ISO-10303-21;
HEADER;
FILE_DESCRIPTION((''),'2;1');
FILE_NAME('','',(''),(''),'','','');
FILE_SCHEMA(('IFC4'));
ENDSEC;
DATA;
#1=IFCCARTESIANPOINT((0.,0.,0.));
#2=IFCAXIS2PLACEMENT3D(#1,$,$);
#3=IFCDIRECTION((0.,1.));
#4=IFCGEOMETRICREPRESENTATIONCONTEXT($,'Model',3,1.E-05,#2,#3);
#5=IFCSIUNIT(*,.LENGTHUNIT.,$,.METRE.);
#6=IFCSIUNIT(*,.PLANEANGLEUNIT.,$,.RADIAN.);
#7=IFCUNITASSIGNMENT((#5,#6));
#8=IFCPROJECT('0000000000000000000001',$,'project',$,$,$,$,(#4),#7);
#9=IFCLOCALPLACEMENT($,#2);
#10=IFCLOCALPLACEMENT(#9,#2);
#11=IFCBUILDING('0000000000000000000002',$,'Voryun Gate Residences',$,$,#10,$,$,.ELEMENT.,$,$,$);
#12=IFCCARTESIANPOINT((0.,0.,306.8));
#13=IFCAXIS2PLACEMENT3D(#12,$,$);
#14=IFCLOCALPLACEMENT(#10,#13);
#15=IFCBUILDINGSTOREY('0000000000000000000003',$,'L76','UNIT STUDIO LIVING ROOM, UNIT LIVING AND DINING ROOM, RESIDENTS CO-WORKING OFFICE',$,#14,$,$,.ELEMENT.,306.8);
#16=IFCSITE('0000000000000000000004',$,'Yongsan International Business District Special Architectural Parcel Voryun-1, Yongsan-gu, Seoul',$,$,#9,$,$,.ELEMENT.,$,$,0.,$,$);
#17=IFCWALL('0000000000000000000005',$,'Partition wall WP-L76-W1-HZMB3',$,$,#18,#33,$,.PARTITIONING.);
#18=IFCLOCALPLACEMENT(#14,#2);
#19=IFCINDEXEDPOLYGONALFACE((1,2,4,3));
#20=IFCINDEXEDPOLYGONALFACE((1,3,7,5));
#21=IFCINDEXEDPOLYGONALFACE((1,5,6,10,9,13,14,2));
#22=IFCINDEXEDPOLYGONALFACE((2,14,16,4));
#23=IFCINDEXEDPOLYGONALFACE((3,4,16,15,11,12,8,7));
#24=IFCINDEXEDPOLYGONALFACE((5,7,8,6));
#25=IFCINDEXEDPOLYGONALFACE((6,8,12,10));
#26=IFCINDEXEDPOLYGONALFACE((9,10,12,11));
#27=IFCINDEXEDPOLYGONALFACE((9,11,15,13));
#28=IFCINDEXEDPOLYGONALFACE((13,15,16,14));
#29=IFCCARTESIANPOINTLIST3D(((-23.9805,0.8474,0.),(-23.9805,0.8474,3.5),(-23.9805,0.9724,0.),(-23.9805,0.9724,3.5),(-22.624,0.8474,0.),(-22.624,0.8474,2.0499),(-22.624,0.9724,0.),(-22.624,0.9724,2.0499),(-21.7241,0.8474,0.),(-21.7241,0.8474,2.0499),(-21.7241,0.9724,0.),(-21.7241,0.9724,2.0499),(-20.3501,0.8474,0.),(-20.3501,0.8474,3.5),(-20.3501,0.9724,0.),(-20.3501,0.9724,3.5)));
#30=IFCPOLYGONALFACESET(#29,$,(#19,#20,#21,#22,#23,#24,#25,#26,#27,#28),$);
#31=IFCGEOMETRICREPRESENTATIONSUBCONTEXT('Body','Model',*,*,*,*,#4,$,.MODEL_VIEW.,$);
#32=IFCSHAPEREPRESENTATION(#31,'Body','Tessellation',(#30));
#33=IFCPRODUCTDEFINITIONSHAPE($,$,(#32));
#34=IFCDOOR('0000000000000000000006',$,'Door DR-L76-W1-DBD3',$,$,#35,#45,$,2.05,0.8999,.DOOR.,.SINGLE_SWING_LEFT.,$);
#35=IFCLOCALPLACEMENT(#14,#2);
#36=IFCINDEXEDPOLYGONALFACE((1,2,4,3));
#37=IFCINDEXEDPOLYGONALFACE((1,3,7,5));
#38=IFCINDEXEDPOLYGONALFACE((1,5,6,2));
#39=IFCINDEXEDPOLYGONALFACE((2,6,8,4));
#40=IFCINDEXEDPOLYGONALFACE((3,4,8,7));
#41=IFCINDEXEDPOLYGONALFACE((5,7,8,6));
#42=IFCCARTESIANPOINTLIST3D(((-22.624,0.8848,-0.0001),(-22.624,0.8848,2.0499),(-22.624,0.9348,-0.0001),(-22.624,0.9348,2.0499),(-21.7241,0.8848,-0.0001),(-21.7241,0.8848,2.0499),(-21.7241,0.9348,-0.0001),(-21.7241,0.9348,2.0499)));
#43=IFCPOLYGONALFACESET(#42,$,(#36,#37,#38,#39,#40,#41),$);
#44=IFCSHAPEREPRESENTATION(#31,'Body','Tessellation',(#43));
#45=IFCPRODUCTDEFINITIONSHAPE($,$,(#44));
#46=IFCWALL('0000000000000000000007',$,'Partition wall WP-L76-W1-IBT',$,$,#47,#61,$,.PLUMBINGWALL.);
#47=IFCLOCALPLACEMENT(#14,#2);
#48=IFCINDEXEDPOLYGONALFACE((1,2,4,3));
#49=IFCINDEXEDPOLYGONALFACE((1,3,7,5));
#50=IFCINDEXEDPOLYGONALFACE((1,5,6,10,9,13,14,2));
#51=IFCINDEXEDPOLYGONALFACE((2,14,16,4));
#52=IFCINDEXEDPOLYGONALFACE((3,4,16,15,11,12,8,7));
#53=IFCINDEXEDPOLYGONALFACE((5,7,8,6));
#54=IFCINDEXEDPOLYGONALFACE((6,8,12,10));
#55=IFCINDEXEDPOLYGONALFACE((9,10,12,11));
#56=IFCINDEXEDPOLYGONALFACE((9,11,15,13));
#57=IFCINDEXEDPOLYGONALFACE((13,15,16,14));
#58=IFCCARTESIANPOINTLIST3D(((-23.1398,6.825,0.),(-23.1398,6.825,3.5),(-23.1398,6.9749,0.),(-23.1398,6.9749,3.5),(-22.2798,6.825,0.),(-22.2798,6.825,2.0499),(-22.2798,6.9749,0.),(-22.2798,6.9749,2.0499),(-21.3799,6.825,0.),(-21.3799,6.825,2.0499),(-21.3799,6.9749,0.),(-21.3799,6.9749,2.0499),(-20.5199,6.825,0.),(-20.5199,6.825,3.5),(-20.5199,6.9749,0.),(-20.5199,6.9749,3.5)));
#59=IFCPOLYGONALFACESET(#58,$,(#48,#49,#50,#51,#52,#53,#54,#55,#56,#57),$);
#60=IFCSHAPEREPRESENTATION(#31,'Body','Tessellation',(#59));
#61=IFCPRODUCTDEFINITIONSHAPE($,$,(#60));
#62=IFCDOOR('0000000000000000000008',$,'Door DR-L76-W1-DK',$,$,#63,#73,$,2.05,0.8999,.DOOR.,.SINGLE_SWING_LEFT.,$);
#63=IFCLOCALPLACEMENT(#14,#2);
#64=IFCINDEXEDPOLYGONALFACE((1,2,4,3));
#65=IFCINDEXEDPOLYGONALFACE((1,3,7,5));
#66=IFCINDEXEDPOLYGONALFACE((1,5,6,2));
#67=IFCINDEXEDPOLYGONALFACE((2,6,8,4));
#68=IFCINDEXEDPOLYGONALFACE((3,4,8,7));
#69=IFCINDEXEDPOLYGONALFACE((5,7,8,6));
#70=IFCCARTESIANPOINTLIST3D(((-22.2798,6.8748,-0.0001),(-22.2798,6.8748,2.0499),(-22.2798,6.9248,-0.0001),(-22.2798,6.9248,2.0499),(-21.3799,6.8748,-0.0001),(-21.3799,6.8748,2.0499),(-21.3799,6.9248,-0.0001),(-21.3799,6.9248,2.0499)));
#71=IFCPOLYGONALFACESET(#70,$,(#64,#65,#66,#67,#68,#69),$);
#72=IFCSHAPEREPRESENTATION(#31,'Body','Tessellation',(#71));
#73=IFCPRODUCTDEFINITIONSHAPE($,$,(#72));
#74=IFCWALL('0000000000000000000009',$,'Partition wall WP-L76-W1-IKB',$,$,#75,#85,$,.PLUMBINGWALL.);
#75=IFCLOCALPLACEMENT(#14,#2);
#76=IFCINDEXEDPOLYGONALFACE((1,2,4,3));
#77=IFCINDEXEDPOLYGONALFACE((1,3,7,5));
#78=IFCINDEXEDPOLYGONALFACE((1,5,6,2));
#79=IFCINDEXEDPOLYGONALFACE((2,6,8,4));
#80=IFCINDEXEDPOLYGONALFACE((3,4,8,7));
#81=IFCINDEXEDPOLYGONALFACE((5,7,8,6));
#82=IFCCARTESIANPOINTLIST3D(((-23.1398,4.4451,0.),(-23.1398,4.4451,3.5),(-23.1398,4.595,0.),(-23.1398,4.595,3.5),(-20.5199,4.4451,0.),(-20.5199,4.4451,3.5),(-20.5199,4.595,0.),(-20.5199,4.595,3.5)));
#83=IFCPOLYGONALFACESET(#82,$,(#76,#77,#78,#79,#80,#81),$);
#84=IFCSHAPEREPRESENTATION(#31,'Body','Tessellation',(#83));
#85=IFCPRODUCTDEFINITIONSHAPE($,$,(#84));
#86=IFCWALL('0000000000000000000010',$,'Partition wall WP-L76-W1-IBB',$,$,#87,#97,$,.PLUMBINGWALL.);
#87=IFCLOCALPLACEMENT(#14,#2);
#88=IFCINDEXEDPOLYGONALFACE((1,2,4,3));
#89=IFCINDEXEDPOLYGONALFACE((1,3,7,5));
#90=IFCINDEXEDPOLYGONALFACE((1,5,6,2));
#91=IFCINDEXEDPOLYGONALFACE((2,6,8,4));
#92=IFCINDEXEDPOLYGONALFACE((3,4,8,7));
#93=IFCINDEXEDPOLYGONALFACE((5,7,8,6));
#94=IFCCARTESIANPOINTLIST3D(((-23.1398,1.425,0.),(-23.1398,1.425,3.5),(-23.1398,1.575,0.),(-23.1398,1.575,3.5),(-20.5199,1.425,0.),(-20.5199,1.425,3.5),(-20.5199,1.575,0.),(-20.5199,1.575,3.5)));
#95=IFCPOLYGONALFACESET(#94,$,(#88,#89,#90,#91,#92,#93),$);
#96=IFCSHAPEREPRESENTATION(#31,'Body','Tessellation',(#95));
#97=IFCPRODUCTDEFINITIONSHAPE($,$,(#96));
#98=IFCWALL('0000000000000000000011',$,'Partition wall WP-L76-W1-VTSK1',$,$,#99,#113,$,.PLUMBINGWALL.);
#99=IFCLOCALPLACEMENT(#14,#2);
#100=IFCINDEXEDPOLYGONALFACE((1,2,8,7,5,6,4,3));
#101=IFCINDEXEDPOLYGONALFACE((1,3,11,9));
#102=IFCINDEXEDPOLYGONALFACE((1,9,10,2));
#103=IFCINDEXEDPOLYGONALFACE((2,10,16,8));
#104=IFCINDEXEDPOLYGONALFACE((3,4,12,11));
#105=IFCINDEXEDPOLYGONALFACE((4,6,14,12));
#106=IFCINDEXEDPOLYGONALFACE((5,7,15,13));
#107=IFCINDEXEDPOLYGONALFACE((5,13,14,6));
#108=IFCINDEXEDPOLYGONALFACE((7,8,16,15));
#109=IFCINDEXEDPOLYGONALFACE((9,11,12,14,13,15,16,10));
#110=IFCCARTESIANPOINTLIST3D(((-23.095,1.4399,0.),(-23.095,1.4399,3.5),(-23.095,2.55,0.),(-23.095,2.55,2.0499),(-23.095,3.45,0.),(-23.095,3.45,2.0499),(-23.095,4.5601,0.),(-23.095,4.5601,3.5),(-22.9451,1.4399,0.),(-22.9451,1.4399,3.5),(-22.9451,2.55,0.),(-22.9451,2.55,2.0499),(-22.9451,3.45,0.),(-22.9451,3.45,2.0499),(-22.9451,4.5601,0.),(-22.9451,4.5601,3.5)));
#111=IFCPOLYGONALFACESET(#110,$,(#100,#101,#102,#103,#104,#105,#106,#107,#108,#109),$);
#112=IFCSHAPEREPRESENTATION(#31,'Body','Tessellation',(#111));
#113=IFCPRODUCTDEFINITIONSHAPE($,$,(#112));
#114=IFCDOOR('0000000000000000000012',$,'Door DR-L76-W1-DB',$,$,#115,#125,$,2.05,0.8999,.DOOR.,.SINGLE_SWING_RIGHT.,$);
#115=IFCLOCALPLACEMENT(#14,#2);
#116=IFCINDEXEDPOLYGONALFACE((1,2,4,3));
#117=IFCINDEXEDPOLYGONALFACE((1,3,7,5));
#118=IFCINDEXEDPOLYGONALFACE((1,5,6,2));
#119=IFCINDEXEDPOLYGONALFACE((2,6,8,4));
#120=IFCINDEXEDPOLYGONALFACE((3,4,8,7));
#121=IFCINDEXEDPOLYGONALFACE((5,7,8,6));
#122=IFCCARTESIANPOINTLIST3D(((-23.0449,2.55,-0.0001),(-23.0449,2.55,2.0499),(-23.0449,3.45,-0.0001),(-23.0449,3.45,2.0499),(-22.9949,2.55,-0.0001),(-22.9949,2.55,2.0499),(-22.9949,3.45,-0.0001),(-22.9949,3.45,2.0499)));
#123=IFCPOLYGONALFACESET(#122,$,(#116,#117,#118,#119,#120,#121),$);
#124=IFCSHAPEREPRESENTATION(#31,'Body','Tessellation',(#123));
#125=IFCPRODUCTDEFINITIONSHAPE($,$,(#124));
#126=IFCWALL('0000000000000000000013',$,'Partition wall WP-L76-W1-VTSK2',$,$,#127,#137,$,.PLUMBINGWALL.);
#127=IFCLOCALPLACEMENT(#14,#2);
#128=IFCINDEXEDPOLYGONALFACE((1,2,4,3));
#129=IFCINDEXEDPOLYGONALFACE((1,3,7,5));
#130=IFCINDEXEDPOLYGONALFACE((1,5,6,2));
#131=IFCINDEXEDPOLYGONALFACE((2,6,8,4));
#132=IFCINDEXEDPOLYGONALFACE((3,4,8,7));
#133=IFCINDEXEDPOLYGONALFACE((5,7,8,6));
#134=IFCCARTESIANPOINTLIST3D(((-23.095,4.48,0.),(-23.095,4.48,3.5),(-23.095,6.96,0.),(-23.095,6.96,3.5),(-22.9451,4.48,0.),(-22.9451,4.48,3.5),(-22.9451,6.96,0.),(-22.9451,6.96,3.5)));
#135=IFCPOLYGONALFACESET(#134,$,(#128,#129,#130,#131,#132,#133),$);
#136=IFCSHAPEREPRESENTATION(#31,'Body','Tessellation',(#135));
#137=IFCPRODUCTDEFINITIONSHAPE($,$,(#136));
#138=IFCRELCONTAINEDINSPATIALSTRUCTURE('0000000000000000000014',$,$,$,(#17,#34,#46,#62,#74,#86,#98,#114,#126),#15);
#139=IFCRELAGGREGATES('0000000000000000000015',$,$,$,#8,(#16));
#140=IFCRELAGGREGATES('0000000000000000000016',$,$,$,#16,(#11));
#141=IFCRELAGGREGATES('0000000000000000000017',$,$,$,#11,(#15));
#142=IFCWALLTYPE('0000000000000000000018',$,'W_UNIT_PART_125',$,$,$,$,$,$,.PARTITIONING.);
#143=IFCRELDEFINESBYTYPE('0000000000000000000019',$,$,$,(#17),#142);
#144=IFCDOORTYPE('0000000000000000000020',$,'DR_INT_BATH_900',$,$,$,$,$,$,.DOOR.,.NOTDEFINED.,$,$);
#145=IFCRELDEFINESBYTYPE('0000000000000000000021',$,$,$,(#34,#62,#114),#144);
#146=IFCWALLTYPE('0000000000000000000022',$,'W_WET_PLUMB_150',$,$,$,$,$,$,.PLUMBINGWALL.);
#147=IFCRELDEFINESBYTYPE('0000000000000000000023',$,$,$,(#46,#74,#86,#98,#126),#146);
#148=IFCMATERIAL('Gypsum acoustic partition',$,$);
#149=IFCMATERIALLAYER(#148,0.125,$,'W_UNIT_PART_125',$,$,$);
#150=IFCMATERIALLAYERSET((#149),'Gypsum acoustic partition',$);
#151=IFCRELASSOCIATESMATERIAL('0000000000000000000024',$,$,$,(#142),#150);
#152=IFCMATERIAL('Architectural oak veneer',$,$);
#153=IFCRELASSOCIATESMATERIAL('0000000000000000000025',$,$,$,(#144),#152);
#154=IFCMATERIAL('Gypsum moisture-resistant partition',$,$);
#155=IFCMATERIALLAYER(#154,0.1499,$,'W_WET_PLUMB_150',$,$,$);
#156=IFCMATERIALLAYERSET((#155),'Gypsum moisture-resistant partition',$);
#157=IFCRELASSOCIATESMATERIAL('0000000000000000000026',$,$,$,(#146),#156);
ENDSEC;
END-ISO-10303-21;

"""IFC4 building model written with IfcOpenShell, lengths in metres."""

from ifc_helpers import new_model, si_unit, direction, frame, frame_2d, origin, place, context, subcontext, project, spatial, rectangle, extrude, material, layer, layer_set, type_object, element, fill, save


model = new_model("IFC4")

# Units and contexts
model_context = context("Model", 3, precision=1e-05, world=origin(), true_north=direction((0.0, 1.0)))
body_context = subcontext(model_context, "Body", "Model", "MODEL_VIEW")
ifc_project = project(units=[si_unit("LENGTHUNIT", "METRE"), si_unit("PLANEANGLEUNIT", "RADIAN")], contexts=[model_context])

# Site, building, storey
site_placement = place(None, origin())
site = spatial("IfcSite", under=ifc_project, at=site_placement, Name="Yongsan International Business District Special Architectural Parcel Voryun-1, Yongsan-gu, Seoul", CompositionType="ELEMENT", RefElevation=0.0)
building_placement = place(site_placement, origin())
building = spatial("IfcBuilding", under=site, at=building_placement, Name="Voryun Gate Residences", CompositionType="ELEMENT")
storey_placement = place(building_placement, frame((0.0, 0.0, 306.8)))
storey = spatial("IfcBuildingStorey", under=building, at=storey_placement, Name="L76", Description="UNIT STUDIO LIVING ROOM, UNIT LIVING AND DINING ROOM, RESIDENTS CO-WORKING OFFICE", CompositionType="ELEMENT", Elevation=306.8)

# Walls, openings, doors
ifc_material_1 = material(Name="Gypsum acoustic partition")
ifc_layer_1 = layer(ifc_material_1, 0.125, Name="W_UNIT_PART_125")
ifc_layer_set_1 = layer_set([ifc_layer_1], Name="Gypsum acoustic partition")
wall_type_1 = type_object("IfcWallType", Name="W_UNIT_PART_125", PredefinedType="PARTITIONING", material=ifc_layer_set_1)
ifc_material_2 = material(Name="Architectural oak veneer")
door_type_1 = type_object("IfcDoorType", Name="DR_INT_BATH_900", OperationType="NOTDEFINED", PredefinedType="DOOR", material=ifc_material_2)
wall_1_placement = place(storey_placement, frame((-23.9805, 0.9099, 0.0), z_axis=(0.0, 0.0, 1.0), x_axis=(1.0, 0.0, 0.0)))
wall_1 = element("IfcWall", 1, at=wall_1_placement, inside=storey, type_object=wall_type_1, Name="Partition wall WP-L76-W1-HZMB3", PredefinedType="PARTITIONING", context=body_context, shape_type="SweptSolid", body=[
    extrude(rectangle(XDim=3.6304, YDim=0.125, at=frame_2d((1.8152, 0.0))), origin(), (0.0, 0.0, 1.0), 3.5),
])
opening_1_placement = place(wall_1_placement, frame((1.3564, 0.0, 0.0)))
opening_1 = element("IfcOpeningElement", 2, at=opening_1_placement, cuts=wall_1, PredefinedType="OPENING", context=body_context, shape_type="SweptSolid", body=[
    extrude(rectangle(XDim=0.8999, YDim=2.05, at=frame_2d((0.45, 1.0249))), frame((0.0, 0.0725, 0.0), z_axis=(0.0, -1.0, 0.0), x_axis=(1.0, 0.0, 0.0)), (0.0, 0.0, 1.0), 0.145),
])
door_1_placement = place(opening_1_placement, origin())
door_1 = element("IfcDoor", 3, at=door_1_placement, inside=storey, type_object=door_type_1, Name="Door DR-L76-W1-DBD3", OperationType="SINGLE_SWING_LEFT", OverallHeight=2.05, OverallWidth=0.8999, PredefinedType="DOOR", context=body_context, shape_type="SweptSolid", body=[
    extrude(rectangle(XDim=0.8999, YDim=2.05, at=frame_2d((0.45, 1.0249))), frame((0.0, 0.0249, 0.0), z_axis=(0.0, -1.0, 0.0), x_axis=(1.0, 0.0, 0.0)), (0.0, 0.0, 1.0), 0.05),
])
fill(opening_1, door_1)
ifc_material_3 = material(Name="Gypsum moisture-resistant partition")
ifc_layer_2 = layer(ifc_material_3, 0.1499, Name="W_WET_PLUMB_150")
ifc_layer_set_2 = layer_set([ifc_layer_2], Name="Gypsum moisture-resistant partition")
wall_type_2 = type_object("IfcWallType", Name="W_WET_PLUMB_150", PredefinedType="PLUMBINGWALL", material=ifc_layer_set_2)
wall_2_placement = place(storey_placement, frame((-23.1399, 6.8999, 0.0), z_axis=(0.0, 0.0, 1.0), x_axis=(1.0, 0.0, 0.0)))
wall_2 = element("IfcWall", 4, at=wall_2_placement, inside=storey, type_object=wall_type_2, Name="Partition wall WP-L76-W1-IBT", PredefinedType="PLUMBINGWALL", context=body_context, shape_type="SweptSolid", body=[
    extrude(rectangle(XDim=2.6199, YDim=0.1499, at=frame_2d((1.3101, 0.0))), origin(), (0.0, 0.0, 1.0), 3.5),
])
opening_2_placement = place(wall_2_placement, frame((0.8601, 0.0, 0.0)))
opening_2 = element("IfcOpeningElement", 5, at=opening_2_placement, cuts=wall_2, PredefinedType="OPENING", context=body_context, shape_type="SweptSolid", body=[
    extrude(rectangle(XDim=0.8999, YDim=2.05, at=frame_2d((0.45, 1.0249))), frame((0.0, 0.085, 0.0), z_axis=(0.0, -1.0, 0.0), x_axis=(1.0, 0.0, 0.0)), (0.0, 0.0, 1.0), 0.1699),
])
door_2_placement = place(opening_2_placement, origin())
door_2 = element("IfcDoor", 6, at=door_2_placement, inside=storey, type_object=door_type_1, Name="Door DR-L76-W1-DK", OperationType="SINGLE_SWING_LEFT", OverallHeight=2.05, OverallWidth=0.8999, PredefinedType="DOOR", context=body_context, shape_type="SweptSolid", body=[
    extrude(rectangle(XDim=0.8999, YDim=2.05, at=frame_2d((0.45, 1.0249))), frame((0.0, 0.0249, 0.0), z_axis=(0.0, -1.0, 0.0), x_axis=(1.0, 0.0, 0.0)), (0.0, 0.0, 1.0), 0.05),
])
fill(opening_2, door_2)

# Walls
for number, where, z_axis, x_axis, name in (
    (7, (-23.1399, 4.52, 0.0), (0.0, 0.0, 1.0), (1.0, 0.0, 0.0), "Partition wall WP-L76-W1-IKB"),
    (8, (-23.1399, 1.5, 0.0), (0.0, 0.0, 1.0), (1.0, 0.0, 0.0), "Partition wall WP-L76-W1-IBB"),
):
    element("IfcWall", number, at=place(storey_placement, frame(where, z_axis=z_axis, x_axis=x_axis)), inside=storey, type_object=wall_type_2, Name=name, PredefinedType="PLUMBINGWALL", context=body_context, shape_type="SweptSolid", body=[
        extrude(rectangle(XDim=2.6199, YDim=0.1499, at=frame_2d((1.3101, 0.0))), origin(), (0.0, 0.0, 1.0), 3.5),
    ])

# Wall, opening, door
wall_3_placement = place(storey_placement, frame((-23.02, 1.4399, 0.0), z_axis=(0.0, 0.0, 1.0), x_axis=(0.0, 1.0, 0.0)))
wall_3 = element("IfcWall", 9, at=wall_3_placement, inside=storey, type_object=wall_type_2, Name="Partition wall WP-L76-W1-VTSK1", PredefinedType="PLUMBINGWALL", context=body_context, shape_type="SweptSolid", body=[
    extrude(rectangle(XDim=3.1201, YDim=0.1499, at=frame_2d((1.5601, 0.0))), origin(), (0.0, 0.0, 1.0), 3.5),
])
opening_3_placement = place(wall_3_placement, frame((1.1101, 0.0, 0.0)))
opening_3 = element("IfcOpeningElement", 10, at=opening_3_placement, cuts=wall_3, PredefinedType="OPENING", context=body_context, shape_type="SweptSolid", body=[
    extrude(rectangle(XDim=0.8999, YDim=2.05, at=frame_2d((0.45, 1.0249))), frame((0.0, 0.085, 0.0), z_axis=(0.0, -1.0, 0.0), x_axis=(1.0, 0.0, 0.0)), (0.0, 0.0, 1.0), 0.1699),
])
door_3_placement = place(opening_3_placement, origin())
door_3 = element("IfcDoor", 11, at=door_3_placement, inside=storey, type_object=door_type_1, Name="Door DR-L76-W1-DB", OperationType="SINGLE_SWING_RIGHT", OverallHeight=2.05, OverallWidth=0.8999, PredefinedType="DOOR", context=body_context, shape_type="SweptSolid", body=[
    extrude(rectangle(XDim=0.8999, YDim=2.05, at=frame_2d((0.45, 1.0249))), frame((0.0, 0.0249, 0.0), z_axis=(0.0, -1.0, 0.0), x_axis=(1.0, 0.0, 0.0)), (0.0, 0.0, 1.0), 0.05),
])
fill(opening_3, door_3)

# Wall
wall_4_placement = place(storey_placement, frame((-23.02, 4.48, 0.0), z_axis=(0.0, 0.0, 1.0), x_axis=(0.0, 1.0, 0.0)))
element("IfcWall", 12, at=wall_4_placement, inside=storey, type_object=wall_type_2, Name="Partition wall WP-L76-W1-VTSK2", PredefinedType="PLUMBINGWALL", context=body_context, shape_type="SweptSolid", body=[
    extrude(rectangle(XDim=2.48, YDim=0.1499, at=frame_2d((1.24, 0.0))), origin(), (0.0, 0.0, 1.0), 3.5),
])

save(model, "model.ifc")
